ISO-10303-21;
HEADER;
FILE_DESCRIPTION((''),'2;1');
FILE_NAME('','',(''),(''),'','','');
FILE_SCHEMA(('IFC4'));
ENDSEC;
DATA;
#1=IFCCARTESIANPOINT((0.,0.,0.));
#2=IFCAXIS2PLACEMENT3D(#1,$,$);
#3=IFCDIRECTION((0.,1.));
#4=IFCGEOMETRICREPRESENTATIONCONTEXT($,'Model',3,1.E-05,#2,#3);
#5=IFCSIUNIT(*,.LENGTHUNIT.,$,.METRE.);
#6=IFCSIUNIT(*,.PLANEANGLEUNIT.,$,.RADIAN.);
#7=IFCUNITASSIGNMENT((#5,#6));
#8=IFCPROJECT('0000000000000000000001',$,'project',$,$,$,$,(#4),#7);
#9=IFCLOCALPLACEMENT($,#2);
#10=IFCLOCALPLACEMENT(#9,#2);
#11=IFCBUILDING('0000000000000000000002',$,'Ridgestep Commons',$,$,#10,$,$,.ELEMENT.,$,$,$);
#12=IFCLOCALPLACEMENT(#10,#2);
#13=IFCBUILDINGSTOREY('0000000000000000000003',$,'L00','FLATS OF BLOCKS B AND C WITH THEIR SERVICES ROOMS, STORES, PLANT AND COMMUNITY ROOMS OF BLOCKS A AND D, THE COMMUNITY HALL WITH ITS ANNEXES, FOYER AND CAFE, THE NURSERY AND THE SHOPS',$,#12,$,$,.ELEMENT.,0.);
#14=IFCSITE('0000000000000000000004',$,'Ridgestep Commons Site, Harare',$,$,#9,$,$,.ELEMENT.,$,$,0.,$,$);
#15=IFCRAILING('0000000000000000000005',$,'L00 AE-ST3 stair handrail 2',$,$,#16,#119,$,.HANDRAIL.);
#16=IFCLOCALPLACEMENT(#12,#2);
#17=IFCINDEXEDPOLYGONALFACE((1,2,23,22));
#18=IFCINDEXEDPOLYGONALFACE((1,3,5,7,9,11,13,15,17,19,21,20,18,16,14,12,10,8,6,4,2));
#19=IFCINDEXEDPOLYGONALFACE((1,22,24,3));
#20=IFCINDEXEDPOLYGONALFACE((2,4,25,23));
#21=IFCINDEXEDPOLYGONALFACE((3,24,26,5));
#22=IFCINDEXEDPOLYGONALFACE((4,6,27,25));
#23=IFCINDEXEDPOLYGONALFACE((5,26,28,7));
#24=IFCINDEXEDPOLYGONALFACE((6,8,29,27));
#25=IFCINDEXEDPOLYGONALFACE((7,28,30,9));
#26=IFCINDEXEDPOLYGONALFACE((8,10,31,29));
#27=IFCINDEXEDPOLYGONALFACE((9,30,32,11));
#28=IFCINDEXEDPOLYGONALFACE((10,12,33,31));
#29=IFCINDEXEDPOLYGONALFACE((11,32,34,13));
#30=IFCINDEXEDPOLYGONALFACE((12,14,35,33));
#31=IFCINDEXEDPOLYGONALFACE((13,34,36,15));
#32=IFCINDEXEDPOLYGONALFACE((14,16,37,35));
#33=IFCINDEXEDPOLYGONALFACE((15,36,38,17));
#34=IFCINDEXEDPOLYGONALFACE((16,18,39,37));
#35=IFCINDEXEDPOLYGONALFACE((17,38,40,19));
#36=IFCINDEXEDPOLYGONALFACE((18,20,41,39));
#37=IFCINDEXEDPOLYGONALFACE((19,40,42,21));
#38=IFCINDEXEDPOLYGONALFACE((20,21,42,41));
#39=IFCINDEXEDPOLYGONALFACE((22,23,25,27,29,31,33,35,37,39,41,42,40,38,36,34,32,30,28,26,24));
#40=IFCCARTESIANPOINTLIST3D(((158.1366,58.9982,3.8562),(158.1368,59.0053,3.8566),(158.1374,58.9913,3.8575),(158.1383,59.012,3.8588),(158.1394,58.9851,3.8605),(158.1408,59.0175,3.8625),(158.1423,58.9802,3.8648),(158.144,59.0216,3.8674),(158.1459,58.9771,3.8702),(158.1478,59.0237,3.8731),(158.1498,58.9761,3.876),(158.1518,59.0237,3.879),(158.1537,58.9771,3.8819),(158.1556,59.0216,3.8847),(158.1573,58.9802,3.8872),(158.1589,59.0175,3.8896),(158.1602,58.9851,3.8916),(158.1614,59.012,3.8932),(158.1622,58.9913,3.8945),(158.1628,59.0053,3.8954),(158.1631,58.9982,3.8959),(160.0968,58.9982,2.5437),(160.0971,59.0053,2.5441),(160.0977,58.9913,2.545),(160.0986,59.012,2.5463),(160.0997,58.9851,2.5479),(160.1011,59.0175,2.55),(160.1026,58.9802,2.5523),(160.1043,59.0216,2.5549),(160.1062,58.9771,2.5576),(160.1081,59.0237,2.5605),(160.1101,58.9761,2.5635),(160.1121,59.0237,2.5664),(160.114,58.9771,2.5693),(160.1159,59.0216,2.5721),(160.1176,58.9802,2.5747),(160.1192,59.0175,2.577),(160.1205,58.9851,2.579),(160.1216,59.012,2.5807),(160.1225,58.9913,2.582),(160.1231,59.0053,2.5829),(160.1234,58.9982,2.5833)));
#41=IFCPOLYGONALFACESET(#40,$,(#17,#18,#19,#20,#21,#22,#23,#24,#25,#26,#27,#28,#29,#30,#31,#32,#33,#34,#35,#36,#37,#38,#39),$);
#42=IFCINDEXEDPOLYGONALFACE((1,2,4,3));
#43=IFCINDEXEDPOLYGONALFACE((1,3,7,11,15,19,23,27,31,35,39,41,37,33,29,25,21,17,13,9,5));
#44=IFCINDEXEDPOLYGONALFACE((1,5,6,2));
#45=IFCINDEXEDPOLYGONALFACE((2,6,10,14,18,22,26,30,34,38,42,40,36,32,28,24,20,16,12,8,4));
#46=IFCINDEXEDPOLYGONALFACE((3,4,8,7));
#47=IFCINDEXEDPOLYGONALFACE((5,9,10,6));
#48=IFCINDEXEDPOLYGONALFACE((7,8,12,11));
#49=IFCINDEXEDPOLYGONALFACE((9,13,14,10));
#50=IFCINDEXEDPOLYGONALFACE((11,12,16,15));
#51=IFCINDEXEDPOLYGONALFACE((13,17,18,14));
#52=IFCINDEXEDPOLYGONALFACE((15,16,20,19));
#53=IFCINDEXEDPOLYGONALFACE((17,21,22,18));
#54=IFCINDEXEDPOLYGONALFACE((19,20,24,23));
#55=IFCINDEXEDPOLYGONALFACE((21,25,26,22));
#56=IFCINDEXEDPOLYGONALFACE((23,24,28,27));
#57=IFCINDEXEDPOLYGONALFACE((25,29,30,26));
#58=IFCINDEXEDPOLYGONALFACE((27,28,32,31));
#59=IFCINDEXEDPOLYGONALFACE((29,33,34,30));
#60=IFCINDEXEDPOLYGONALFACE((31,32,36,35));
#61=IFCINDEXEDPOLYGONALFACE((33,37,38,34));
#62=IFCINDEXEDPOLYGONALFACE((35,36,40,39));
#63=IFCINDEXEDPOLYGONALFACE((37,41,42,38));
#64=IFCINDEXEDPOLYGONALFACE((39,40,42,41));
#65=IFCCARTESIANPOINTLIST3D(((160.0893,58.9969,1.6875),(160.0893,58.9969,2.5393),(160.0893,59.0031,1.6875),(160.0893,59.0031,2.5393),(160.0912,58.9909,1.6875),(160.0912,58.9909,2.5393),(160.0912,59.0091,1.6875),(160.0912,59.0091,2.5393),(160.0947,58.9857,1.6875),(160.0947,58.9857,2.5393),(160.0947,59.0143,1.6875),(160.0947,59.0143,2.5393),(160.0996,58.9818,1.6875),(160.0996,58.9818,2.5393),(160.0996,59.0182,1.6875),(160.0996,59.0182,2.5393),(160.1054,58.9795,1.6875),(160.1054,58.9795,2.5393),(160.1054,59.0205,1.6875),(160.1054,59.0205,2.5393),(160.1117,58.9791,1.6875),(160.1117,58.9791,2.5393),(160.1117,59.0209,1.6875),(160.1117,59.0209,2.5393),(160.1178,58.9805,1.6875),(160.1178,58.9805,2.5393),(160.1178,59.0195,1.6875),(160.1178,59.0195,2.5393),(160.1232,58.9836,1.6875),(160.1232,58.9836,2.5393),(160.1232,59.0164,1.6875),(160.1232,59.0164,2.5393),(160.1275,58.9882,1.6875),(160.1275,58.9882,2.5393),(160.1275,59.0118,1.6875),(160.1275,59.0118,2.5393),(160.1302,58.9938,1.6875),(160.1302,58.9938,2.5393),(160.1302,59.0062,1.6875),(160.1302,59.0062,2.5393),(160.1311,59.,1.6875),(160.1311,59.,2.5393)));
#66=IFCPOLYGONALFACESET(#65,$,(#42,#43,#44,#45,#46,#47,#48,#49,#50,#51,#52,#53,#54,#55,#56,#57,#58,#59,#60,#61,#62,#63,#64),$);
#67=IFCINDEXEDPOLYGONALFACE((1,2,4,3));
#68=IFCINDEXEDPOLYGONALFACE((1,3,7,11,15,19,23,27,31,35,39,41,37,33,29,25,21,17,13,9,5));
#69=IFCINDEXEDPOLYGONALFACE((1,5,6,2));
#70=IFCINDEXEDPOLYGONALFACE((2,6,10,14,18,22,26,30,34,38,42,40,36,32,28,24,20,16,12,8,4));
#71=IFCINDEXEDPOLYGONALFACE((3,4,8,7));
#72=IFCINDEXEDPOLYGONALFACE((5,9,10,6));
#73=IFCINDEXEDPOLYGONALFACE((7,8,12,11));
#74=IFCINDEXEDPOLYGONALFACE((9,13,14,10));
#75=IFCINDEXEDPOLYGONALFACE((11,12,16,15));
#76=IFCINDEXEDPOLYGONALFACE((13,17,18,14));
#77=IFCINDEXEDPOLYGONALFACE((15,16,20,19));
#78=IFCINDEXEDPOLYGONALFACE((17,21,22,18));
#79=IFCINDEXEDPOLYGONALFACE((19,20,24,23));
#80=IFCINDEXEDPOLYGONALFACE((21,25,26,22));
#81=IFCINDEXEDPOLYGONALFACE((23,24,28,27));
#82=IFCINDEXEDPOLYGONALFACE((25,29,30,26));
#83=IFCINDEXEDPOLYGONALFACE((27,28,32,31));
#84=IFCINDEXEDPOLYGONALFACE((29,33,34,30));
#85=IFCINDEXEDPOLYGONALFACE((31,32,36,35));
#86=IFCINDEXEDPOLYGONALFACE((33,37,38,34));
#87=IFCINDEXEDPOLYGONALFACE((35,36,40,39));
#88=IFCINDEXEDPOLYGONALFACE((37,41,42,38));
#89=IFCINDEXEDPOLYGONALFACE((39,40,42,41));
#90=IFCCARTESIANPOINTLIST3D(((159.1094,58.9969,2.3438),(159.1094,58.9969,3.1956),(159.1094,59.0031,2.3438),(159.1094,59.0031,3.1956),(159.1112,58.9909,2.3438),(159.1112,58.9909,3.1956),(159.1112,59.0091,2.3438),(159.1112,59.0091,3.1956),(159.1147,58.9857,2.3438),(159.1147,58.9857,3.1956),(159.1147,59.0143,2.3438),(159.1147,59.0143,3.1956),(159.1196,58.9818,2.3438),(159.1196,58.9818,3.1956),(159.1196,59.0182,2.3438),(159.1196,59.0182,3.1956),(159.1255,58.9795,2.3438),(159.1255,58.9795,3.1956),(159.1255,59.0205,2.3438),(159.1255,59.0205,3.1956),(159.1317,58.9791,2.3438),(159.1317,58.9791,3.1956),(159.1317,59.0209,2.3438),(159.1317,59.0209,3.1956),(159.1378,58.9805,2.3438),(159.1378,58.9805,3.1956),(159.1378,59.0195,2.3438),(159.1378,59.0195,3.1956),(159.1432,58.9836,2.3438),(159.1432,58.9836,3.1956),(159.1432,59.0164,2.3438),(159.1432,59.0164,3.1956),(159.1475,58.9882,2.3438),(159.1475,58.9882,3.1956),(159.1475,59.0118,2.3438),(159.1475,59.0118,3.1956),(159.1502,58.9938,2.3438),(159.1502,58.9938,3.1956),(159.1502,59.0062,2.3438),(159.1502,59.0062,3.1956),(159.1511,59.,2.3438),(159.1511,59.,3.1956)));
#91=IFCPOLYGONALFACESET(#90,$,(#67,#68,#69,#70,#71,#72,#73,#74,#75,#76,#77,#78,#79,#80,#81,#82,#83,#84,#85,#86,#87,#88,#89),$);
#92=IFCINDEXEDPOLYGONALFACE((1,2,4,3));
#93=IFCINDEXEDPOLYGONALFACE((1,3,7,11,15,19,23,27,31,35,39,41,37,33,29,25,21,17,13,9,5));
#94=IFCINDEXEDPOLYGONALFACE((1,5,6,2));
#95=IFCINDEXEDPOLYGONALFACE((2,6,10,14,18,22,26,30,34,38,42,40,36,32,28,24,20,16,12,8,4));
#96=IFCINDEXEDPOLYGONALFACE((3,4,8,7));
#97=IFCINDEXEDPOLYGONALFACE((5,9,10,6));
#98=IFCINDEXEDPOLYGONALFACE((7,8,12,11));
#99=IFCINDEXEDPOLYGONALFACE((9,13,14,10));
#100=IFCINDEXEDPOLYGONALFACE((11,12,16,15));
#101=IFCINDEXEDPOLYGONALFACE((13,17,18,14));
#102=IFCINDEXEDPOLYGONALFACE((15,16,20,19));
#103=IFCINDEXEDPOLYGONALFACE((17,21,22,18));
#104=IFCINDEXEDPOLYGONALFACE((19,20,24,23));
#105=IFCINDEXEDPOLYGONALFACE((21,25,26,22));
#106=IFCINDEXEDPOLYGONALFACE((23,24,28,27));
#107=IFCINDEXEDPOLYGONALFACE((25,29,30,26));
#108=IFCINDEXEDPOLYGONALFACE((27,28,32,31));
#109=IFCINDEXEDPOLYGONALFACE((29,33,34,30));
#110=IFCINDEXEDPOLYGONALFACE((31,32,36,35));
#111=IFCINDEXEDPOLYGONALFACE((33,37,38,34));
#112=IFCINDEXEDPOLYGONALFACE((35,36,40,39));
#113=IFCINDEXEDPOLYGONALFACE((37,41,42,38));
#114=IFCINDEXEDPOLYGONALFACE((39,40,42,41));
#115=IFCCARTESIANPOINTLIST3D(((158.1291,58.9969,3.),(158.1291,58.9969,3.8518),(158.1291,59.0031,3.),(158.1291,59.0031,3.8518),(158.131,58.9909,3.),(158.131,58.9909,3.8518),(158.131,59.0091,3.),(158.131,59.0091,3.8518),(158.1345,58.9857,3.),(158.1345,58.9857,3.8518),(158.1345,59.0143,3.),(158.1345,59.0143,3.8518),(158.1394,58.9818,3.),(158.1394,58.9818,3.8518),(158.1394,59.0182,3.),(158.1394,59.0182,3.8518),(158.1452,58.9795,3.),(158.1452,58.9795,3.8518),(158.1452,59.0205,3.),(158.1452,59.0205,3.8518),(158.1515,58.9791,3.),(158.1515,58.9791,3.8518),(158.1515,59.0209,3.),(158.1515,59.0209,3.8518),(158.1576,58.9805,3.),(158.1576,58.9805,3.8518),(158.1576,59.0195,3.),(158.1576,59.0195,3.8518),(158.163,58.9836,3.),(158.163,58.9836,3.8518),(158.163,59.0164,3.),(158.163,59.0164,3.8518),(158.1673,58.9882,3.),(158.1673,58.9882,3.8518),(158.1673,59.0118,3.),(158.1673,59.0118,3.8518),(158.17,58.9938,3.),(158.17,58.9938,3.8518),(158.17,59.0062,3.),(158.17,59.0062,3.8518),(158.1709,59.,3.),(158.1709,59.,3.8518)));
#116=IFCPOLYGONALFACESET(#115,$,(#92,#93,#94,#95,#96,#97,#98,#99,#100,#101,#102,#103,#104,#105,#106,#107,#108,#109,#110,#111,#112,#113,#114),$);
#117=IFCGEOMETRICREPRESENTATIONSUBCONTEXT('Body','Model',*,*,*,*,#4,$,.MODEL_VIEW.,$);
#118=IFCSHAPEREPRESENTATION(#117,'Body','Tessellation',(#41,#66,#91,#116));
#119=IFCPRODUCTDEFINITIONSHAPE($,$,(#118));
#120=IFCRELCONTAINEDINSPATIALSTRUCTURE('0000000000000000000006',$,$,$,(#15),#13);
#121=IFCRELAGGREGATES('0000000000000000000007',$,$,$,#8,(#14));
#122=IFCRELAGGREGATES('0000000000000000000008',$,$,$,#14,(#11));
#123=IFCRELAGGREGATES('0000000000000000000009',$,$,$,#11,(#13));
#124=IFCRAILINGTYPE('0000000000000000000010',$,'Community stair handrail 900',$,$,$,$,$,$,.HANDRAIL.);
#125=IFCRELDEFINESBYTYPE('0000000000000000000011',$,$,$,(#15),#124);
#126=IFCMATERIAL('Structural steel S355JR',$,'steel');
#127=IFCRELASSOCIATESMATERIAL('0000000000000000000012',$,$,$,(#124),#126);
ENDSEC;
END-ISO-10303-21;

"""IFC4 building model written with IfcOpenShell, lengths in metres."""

from ifc_helpers import new_model, si_unit, direction, frame, origin, origin_2d, place, context, subcontext, project, spatial, circle, extrude, material, type_object, element, save


model = new_model("IFC4")

# Units and contexts
model_context = context("Model", 3, precision=1e-05, world=origin(), true_north=direction((0.0, 1.0)))
body_context = subcontext(model_context, "Body", "Model", "MODEL_VIEW")
ifc_project = project(units=[si_unit("LENGTHUNIT", "METRE"), si_unit("PLANEANGLEUNIT", "RADIAN")], contexts=[model_context])

# Site, building, storey
site_placement = place(None, origin())
site = spatial("IfcSite", under=ifc_project, at=site_placement, Name="Ridgestep Commons Site, Harare", CompositionType="ELEMENT", RefElevation=0.0)
building_placement = place(site_placement, origin())
building = spatial("IfcBuilding", under=site, at=building_placement, Name="Ridgestep Commons", CompositionType="ELEMENT")
storey_placement = place(building_placement, origin())
storey = spatial("IfcBuildingStorey", under=building, at=storey_placement, Name="L00", Description="FLATS OF BLOCKS B AND C WITH THEIR SERVICES ROOMS, STORES, PLANT AND COMMUNITY ROOMS OF BLOCKS A AND D, THE COMMUNITY HALL WITH ITS ANNEXES, FOYER AND CAFE, THE NURSERY AND THE SHOPS", CompositionType="ELEMENT", Elevation=0.0)

# Railing
ifc_material_1 = material(Name="Structural steel S355JR", Category="steel")
railing_type_1 = type_object("IfcRailingType", Name="Community stair handrail 900", PredefinedType="HANDRAIL", material=ifc_material_1)
railing_1_placement = place(storey_placement, frame((160.1101, 59.0, 1.6875)))
element("IfcRailing", 1, at=railing_1_placement, inside=storey, type_object=railing_type_1, Name="L00 AE-ST3 stair handrail 2", PredefinedType="HANDRAIL", context=body_context, shape_type="SweptSolid", body=[
    extrude(circle(Radius=0.0239, at=origin_2d()), frame((0.0, 0.0, 0.876), z_axis=(-0.830934, 0.0, 0.556371), x_axis=(0.0, -1.0, 0.0)), (0.0, 0.0, 1.0), 2.3591),
    extrude(circle(Radius=0.021, at=origin_2d()), origin(), (0.0, 0.0, 1.0), 0.8518),
    extrude(circle(Radius=0.021, at=origin_2d()), frame((-0.98, 0.0, 0.6562)), (0.0, 0.0, 1.0), 0.8518),
    extrude(circle(Radius=0.021, at=origin_2d()), frame((-1.9602, 0.0, 1.3125)), (0.0, 0.0, 1.0), 0.8518),
])

save(model, "model.ifc")
